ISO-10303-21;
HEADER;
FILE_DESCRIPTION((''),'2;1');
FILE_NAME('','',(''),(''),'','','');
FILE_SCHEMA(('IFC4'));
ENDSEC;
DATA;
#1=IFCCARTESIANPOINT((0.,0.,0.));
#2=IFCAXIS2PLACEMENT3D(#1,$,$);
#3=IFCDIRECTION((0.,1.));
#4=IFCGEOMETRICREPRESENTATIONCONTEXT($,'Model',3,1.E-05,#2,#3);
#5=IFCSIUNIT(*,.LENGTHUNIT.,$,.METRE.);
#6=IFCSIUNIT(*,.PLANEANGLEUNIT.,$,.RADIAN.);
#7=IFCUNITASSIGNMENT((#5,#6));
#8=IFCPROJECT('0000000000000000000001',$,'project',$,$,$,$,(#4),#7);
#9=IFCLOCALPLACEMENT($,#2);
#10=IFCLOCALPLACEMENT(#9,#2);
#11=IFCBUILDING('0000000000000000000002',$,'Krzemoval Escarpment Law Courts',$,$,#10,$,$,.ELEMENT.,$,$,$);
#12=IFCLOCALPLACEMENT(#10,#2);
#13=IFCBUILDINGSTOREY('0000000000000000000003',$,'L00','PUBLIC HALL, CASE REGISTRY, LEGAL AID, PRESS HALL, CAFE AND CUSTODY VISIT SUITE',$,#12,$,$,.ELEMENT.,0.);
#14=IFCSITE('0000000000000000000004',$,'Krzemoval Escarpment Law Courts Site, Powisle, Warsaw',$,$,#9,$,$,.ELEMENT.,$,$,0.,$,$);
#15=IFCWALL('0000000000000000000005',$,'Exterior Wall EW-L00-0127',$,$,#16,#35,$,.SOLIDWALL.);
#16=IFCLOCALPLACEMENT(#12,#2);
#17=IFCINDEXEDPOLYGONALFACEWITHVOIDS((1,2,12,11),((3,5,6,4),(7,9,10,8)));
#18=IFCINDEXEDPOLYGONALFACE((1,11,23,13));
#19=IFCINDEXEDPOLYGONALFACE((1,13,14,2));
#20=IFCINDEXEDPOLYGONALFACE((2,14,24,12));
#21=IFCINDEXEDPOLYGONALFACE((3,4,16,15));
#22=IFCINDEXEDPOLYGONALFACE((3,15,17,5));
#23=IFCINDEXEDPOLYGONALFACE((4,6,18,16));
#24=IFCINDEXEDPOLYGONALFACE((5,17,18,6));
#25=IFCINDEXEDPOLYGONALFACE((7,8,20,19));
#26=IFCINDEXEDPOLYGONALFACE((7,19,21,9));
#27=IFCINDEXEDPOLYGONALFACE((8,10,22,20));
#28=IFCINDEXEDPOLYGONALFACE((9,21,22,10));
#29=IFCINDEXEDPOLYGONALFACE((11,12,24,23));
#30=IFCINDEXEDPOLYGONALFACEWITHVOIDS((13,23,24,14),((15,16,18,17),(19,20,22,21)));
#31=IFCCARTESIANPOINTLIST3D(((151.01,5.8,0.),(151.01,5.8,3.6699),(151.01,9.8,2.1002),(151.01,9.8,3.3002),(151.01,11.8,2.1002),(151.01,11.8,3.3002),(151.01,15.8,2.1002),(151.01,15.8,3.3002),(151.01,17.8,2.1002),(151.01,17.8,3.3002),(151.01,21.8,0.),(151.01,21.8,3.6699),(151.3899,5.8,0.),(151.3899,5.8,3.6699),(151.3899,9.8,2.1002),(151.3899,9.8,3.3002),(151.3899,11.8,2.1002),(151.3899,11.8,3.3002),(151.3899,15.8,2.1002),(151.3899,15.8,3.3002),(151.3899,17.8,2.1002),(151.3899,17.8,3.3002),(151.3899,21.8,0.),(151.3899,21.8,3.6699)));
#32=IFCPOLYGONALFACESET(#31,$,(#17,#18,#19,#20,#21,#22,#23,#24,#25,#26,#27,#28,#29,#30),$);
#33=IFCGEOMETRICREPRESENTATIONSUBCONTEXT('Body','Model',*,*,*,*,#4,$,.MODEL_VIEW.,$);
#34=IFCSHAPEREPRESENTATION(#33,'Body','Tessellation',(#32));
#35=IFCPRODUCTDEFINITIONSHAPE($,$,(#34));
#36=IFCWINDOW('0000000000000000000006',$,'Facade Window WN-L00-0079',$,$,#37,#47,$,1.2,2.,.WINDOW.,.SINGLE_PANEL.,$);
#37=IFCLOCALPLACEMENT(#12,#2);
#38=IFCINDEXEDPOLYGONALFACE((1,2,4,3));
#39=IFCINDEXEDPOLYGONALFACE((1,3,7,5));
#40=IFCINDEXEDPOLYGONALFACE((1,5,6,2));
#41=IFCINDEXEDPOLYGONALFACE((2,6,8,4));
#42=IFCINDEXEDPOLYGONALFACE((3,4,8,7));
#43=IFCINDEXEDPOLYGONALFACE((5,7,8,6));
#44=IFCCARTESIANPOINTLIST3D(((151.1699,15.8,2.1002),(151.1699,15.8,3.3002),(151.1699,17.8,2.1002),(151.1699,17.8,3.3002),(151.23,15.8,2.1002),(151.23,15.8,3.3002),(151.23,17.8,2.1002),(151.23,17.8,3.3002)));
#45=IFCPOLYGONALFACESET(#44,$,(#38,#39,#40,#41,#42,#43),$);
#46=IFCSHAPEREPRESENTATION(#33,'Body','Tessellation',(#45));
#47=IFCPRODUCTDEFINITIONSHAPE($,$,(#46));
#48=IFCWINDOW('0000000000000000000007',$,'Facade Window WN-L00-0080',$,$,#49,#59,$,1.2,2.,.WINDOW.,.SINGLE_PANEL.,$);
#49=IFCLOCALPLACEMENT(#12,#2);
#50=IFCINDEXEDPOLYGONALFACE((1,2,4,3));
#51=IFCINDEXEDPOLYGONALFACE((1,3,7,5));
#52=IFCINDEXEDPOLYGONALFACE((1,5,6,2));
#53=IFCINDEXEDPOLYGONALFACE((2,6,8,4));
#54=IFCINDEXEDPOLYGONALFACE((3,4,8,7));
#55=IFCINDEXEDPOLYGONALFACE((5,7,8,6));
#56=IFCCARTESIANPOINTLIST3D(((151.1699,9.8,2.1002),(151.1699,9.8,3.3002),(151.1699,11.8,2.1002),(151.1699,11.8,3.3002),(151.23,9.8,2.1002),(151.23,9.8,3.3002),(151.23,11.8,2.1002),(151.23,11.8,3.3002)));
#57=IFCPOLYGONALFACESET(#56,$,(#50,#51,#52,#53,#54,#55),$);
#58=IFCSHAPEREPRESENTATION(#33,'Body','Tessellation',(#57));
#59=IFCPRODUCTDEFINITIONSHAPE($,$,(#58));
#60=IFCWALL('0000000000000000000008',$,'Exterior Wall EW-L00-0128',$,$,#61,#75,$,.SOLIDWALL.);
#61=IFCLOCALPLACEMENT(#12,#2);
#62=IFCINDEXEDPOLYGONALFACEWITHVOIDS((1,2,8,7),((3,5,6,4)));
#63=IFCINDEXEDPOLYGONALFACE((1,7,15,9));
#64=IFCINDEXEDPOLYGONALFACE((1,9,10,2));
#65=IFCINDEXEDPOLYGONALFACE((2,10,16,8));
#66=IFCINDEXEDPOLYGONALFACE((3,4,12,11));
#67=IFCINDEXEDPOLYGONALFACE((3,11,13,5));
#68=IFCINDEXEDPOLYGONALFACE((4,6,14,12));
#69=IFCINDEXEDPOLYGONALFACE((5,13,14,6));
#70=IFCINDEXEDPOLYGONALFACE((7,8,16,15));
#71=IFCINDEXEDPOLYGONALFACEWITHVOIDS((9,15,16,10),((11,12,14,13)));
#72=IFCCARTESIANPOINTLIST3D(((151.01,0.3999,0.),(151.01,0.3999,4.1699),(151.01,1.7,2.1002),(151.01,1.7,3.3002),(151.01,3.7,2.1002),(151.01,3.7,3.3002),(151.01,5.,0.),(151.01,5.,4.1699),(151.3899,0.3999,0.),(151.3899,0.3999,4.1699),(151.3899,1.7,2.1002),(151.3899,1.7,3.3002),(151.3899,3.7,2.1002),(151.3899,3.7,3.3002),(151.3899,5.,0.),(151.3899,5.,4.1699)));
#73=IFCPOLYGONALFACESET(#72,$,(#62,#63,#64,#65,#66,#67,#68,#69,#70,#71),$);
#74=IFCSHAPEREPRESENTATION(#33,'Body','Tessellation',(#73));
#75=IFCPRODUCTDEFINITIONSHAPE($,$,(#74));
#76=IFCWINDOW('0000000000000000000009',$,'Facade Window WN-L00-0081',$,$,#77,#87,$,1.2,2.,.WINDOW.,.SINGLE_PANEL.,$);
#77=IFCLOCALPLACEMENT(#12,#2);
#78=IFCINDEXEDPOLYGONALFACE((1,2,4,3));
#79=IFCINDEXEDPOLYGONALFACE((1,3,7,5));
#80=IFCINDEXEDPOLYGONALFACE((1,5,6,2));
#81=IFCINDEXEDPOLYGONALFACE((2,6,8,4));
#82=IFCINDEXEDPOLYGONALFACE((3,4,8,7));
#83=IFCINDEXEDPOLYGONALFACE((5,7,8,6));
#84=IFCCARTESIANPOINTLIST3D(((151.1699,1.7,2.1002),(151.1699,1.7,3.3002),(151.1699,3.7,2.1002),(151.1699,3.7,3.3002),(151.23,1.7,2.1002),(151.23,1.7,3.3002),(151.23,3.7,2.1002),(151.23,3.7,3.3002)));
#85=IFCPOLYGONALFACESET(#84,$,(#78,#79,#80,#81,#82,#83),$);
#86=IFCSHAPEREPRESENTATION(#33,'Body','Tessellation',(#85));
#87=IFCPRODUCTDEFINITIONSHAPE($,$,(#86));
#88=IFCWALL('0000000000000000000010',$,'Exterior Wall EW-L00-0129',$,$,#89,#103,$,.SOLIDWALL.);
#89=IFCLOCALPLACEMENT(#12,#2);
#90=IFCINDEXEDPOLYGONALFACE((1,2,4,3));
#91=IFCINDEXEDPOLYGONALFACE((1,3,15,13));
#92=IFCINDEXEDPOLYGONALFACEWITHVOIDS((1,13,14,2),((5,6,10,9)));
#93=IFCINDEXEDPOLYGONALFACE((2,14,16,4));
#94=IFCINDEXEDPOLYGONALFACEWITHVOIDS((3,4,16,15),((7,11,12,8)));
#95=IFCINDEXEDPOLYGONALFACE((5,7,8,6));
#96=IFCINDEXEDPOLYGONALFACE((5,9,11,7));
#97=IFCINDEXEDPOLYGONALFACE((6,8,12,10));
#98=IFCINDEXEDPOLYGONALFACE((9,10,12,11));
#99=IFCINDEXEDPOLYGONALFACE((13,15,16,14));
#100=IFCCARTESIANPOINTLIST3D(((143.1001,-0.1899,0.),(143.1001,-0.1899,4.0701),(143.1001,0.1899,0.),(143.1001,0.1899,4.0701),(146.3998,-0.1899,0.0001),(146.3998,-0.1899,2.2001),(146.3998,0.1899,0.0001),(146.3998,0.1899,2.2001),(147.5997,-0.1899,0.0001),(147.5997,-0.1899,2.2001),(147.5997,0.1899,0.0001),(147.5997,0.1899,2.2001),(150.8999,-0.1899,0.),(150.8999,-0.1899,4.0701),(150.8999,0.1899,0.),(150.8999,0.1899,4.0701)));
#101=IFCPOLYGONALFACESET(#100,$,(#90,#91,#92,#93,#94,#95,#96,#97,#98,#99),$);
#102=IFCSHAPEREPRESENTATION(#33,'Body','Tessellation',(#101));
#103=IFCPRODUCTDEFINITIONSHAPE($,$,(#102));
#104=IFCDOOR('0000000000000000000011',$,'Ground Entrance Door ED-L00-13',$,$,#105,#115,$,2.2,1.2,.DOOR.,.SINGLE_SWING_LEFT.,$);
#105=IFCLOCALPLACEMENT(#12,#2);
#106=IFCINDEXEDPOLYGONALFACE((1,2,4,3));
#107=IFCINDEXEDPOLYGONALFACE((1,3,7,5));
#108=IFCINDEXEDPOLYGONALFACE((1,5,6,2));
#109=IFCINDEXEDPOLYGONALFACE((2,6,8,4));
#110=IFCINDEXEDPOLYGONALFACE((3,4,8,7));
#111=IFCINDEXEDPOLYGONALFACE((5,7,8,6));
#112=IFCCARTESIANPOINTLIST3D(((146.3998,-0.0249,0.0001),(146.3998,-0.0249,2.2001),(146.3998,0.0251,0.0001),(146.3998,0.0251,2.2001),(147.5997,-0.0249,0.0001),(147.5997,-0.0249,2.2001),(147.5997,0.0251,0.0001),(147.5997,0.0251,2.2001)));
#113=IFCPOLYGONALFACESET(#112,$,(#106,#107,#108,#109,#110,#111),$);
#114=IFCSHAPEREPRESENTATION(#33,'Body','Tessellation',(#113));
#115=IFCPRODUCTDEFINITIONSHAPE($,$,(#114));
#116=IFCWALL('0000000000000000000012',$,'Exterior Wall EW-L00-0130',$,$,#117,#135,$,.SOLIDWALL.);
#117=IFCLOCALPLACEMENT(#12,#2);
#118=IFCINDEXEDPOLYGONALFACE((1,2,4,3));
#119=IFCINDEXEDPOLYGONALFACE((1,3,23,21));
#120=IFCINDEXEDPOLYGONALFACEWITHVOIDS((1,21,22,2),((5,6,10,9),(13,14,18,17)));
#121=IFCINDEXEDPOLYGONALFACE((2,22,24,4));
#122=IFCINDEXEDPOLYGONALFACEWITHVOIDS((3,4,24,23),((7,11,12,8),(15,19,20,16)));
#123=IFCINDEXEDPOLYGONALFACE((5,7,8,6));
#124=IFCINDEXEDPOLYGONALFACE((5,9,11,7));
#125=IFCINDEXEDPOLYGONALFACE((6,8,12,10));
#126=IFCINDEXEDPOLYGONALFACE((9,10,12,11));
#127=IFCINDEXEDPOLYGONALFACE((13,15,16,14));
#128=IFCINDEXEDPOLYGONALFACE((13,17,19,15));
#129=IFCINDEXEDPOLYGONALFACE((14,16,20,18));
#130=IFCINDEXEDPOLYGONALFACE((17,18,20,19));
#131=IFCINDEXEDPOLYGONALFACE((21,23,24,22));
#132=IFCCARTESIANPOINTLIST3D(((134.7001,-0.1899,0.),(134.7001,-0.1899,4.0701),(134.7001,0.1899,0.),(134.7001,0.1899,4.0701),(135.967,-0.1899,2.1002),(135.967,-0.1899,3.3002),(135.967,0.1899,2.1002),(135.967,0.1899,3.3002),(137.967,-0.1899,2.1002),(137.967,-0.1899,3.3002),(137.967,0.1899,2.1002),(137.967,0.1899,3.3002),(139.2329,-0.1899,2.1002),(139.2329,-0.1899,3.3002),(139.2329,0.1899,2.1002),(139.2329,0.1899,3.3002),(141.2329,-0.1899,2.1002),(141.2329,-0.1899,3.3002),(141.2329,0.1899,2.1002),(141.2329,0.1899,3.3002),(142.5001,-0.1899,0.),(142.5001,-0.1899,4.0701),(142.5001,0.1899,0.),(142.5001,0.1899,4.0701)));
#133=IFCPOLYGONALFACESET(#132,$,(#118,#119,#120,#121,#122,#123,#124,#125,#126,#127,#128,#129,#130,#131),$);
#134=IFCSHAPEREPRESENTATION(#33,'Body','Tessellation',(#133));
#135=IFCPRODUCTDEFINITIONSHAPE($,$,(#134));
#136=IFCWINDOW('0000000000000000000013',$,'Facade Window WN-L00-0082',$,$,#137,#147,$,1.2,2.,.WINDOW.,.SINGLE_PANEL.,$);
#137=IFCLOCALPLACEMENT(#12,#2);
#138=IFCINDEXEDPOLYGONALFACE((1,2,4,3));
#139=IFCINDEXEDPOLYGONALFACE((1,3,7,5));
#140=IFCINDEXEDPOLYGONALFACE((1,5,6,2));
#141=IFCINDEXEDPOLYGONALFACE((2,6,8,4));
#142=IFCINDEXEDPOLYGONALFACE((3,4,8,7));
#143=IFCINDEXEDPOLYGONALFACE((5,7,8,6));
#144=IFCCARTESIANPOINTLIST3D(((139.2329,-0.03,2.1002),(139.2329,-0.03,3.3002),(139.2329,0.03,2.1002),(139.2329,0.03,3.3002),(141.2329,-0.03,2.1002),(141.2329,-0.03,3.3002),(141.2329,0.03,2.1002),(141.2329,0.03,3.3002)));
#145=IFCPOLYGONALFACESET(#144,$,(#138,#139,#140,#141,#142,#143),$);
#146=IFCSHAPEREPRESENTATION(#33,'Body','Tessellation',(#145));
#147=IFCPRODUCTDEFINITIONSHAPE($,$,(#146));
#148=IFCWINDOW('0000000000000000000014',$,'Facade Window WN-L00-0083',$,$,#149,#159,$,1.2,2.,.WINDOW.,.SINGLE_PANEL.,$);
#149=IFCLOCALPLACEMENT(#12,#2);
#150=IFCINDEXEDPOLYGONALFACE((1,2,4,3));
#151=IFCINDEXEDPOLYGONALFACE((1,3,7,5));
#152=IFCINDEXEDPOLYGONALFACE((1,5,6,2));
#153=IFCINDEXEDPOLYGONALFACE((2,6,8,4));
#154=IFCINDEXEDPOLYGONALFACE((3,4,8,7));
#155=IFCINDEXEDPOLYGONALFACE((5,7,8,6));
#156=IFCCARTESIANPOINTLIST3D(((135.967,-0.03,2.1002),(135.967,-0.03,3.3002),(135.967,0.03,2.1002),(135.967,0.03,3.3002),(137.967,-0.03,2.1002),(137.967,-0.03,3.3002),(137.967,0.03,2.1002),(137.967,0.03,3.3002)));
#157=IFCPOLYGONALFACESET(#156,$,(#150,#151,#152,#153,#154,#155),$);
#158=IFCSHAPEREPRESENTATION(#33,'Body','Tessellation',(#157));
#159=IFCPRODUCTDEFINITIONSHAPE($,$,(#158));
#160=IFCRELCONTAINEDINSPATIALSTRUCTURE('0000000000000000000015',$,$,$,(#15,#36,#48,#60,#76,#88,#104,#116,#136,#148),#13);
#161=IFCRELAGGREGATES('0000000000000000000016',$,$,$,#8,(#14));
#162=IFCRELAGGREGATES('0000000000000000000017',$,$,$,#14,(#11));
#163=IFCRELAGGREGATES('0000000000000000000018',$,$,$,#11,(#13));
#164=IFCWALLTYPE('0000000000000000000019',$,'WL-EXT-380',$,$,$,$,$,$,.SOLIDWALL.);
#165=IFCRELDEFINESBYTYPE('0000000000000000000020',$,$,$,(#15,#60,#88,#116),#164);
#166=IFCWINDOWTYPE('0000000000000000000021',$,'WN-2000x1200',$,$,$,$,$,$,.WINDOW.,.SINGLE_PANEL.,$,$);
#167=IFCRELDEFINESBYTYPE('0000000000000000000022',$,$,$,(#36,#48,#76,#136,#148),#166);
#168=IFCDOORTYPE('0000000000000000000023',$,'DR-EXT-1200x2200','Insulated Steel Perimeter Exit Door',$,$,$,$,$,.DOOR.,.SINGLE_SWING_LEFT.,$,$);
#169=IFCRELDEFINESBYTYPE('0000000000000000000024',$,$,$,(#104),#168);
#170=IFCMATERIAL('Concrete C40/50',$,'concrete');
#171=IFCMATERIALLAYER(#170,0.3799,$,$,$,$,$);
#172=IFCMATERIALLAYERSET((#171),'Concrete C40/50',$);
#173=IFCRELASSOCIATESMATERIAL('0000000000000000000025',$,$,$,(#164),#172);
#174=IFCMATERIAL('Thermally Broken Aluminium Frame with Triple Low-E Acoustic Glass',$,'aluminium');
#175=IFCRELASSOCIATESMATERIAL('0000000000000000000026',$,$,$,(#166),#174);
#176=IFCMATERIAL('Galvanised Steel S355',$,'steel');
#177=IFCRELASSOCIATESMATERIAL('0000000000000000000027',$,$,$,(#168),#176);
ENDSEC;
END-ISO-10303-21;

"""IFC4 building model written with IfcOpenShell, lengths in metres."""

from ifc_helpers import new_model, si_unit, direction, frame, frame_2d, origin, place, context, subcontext, project, spatial, rectangle, extrude, material, layer, layer_set, type_object, element, fill, save


model = new_model("IFC4")

# Units and contexts
model_context = context("Model", 3, precision=1e-05, world=origin(), true_north=direction((0.0, 1.0)))
body_context = subcontext(model_context, "Body", "Model", "MODEL_VIEW")
ifc_project = project(units=[si_unit("LENGTHUNIT", "METRE"), si_unit("PLANEANGLEUNIT", "RADIAN")], contexts=[model_context])

# Site, building, storey
site_placement = place(None, origin())
site = spatial("IfcSite", under=ifc_project, at=site_placement, Name="Krzemoval Escarpment Law Courts Site, Powisle, Warsaw", CompositionType="ELEMENT", RefElevation=0.0)
building_placement = place(site_placement, origin())
building = spatial("IfcBuilding", under=site, at=building_placement, Name="Krzemoval Escarpment Law Courts", CompositionType="ELEMENT")
storey_placement = place(building_placement, origin())
storey = spatial("IfcBuildingStorey", under=building, at=storey_placement, Name="L00", Description="PUBLIC HALL, CASE REGISTRY, LEGAL AID, PRESS HALL, CAFE AND CUSTODY VISIT SUITE", CompositionType="ELEMENT", Elevation=0.0)

# Wall, openings, windows
ifc_material_1 = material(Name="Concrete C40/50", Category="concrete")
ifc_layer = layer(ifc_material_1, 0.3799)
ifc_layer_set = layer_set([ifc_layer], Name="Concrete C40/50")
wall_type = type_object("IfcWallType", Name="WL-EXT-380", PredefinedType="SOLIDWALL", material=ifc_layer_set)
wall_1_placement = place(storey_placement, frame((151.2, 21.8, 0.0), z_axis=(0.0, 0.0, 1.0), x_axis=(0.0, -1.0, 0.0)))
wall_1 = element("IfcWall", 1, at=wall_1_placement, inside=storey, type_object=wall_type, Name="Exterior Wall EW-L00-0127", PredefinedType="SOLIDWALL", context=body_context, shape_type="SweptSolid", body=[
    extrude(rectangle(XDim=16.0, YDim=0.3799, at=frame_2d((8.0, 0.0))), origin(), (0.0, 0.0, 1.0), 3.6699),
])
opening_1_placement = place(wall_1_placement, frame((4.0, 0.0, 2.1001)))
opening_1 = element("IfcOpeningElement", 2, at=opening_1_placement, cuts=wall_1, PredefinedType="OPENING", context=body_context, shape_type="SweptSolid", body=[
    extrude(rectangle(XDim=2.0, YDim=1.2, at=frame_2d((1.0, 0.6001))), frame((0.0, 0.2049, 0.0), z_axis=(0.0, -1.0, 0.0), x_axis=(1.0, 0.0, 0.0)), (0.0, 0.0, 1.0), 0.4099),
])
opening_2_placement = place(wall_1_placement, frame((10.0, 0.0, 2.1001)))
opening_2 = element("IfcOpeningElement", 3, at=opening_2_placement, cuts=wall_1, PredefinedType="OPENING", context=body_context, shape_type="SweptSolid", body=[
    extrude(rectangle(XDim=2.0, YDim=1.2, at=frame_2d((1.0, 0.6001))), frame((0.0, 0.2049, 0.0), z_axis=(0.0, -1.0, 0.0), x_axis=(1.0, 0.0, 0.0)), (0.0, 0.0, 1.0), 0.4099),
])
ifc_material_2 = material(Name="Thermally Broken Aluminium Frame with Triple Low-E Acoustic Glass", Category="aluminium")
window_type = type_object("IfcWindowType", Name="WN-2000x1200", PartitioningType="SINGLE_PANEL", PredefinedType="WINDOW", material=ifc_material_2)
window_1_placement = place(opening_1_placement, origin())
window_1 = element("IfcWindow", 4, at=window_1_placement, inside=storey, type_object=window_type, Name="Facade Window WN-L00-0079", OverallHeight=1.2, OverallWidth=2.0, PartitioningType="SINGLE_PANEL", PredefinedType="WINDOW", context=body_context, shape_type="SweptSolid", body=[
    extrude(rectangle(XDim=2.0, YDim=1.2, at=frame_2d((1.0, 0.6001))), frame((0.0, 0.03, 0.0), z_axis=(0.0, -1.0, 0.0), x_axis=(1.0, 0.0, 0.0)), (0.0, 0.0, 1.0), 0.0601),
])
fill(opening_1, window_1)
window_2_placement = place(opening_2_placement, origin())
window_2 = element("IfcWindow", 5, at=window_2_placement, inside=storey, type_object=window_type, Name="Facade Window WN-L00-0080", OverallHeight=1.2, OverallWidth=2.0, PartitioningType="SINGLE_PANEL", PredefinedType="WINDOW", context=body_context, shape_type="SweptSolid", body=[
    extrude(rectangle(XDim=2.0, YDim=1.2, at=frame_2d((1.0, 0.6001))), frame((0.0, 0.03, 0.0), z_axis=(0.0, -1.0, 0.0), x_axis=(1.0, 0.0, 0.0)), (0.0, 0.0, 1.0), 0.0601),
])
fill(opening_2, window_2)

# Wall, opening, window
wall_2_placement = place(storey_placement, frame((151.2, 5.0, 0.0), z_axis=(0.0, 0.0, 1.0), x_axis=(0.0, -1.0, 0.0)))
wall_2 = element("IfcWall", 6, at=wall_2_placement, inside=storey, type_object=wall_type, Name="Exterior Wall EW-L00-0128", PredefinedType="SOLIDWALL", context=body_context, shape_type="SweptSolid", body=[
    extrude(rectangle(XDim=4.6001, YDim=0.3799, at=frame_2d((2.3, 0.0))), origin(), (0.0, 0.0, 1.0), 4.1699),
])
opening_3_placement = place(wall_2_placement, frame((1.3, 0.0, 2.1001)))
opening_3 = element("IfcOpeningElement", 7, at=opening_3_placement, cuts=wall_2, PredefinedType="OPENING", context=body_context, shape_type="SweptSolid", body=[
    extrude(rectangle(XDim=2.0, YDim=1.2, at=frame_2d((1.0, 0.6001))), frame((0.0, 0.2049, 0.0), z_axis=(0.0, -1.0, 0.0), x_axis=(1.0, 0.0, 0.0)), (0.0, 0.0, 1.0), 0.4099),
])
window_3_placement = place(opening_3_placement, origin())
window_3 = element("IfcWindow", 8, at=window_3_placement, inside=storey, type_object=window_type, Name="Facade Window WN-L00-0081", OverallHeight=1.2, OverallWidth=2.0, PartitioningType="SINGLE_PANEL", PredefinedType="WINDOW", context=body_context, shape_type="SweptSolid", body=[
    extrude(rectangle(XDim=2.0, YDim=1.2, at=frame_2d((1.0, 0.6001))), frame((0.0, 0.03, 0.0), z_axis=(0.0, -1.0, 0.0), x_axis=(1.0, 0.0, 0.0)), (0.0, 0.0, 1.0), 0.0601),
])
fill(opening_3, window_3)

# Wall, opening, door
wall_3_placement = place(storey_placement, frame((150.8999, 0.0, 0.0), z_axis=(0.0, 0.0, 1.0), x_axis=(-1.0, 0.0, 0.0)))
wall_3 = element("IfcWall", 9, at=wall_3_placement, inside=storey, type_object=wall_type, Name="Exterior Wall EW-L00-0129", PredefinedType="SOLIDWALL", context=body_context, shape_type="SweptSolid", body=[
    extrude(rectangle(XDim=7.7998, YDim=0.3799, at=frame_2d((3.8999, 0.0))), origin(), (0.0, 0.0, 1.0), 4.0701),
])
opening_4_placement = place(wall_3_placement, frame((3.3, 0.0, 0.0)))
opening_4 = element("IfcOpeningElement", 10, at=opening_4_placement, cuts=wall_3, PredefinedType="OPENING", context=body_context, shape_type="SweptSolid", body=[
    extrude(rectangle(XDim=1.2, YDim=2.2, at=frame_2d((0.6001, 1.1001))), frame((0.0, 0.2049, 0.0), z_axis=(0.0, -1.0, 0.0), x_axis=(1.0, 0.0, 0.0)), (0.0, 0.0, 1.0), 0.4099),
])
ifc_material_3 = material(Name="Galvanised Steel S355", Category="steel")
door_type = type_object("IfcDoorType", Name="DR-EXT-1200x2200", Description="Insulated Steel Perimeter Exit Door", OperationType="SINGLE_SWING_LEFT", PredefinedType="DOOR", material=ifc_material_3)
door_placement = place(opening_4_placement, origin())
door = element("IfcDoor", 11, at=door_placement, inside=storey, type_object=door_type, Name="Ground Entrance Door ED-L00-13", OperationType="SINGLE_SWING_LEFT", OverallHeight=2.2, OverallWidth=1.2, PredefinedType="DOOR", context=body_context, shape_type="SweptSolid", body=[
    extrude(rectangle(XDim=1.2, YDim=2.2, at=frame_2d((0.6001, 1.1001))), frame((0.0, 0.0249, 0.0), z_axis=(0.0, -1.0, 0.0), x_axis=(1.0, 0.0, 0.0)), (0.0, 0.0, 1.0), 0.05),
])
fill(opening_4, door)

# Wall, openings, windows
wall_4_placement = place(storey_placement, frame((142.5, 0.0, 0.0), z_axis=(0.0, 0.0, 1.0), x_axis=(-1.0, 0.0, 0.0)))
wall_4 = element("IfcWall", 12, at=wall_4_placement, inside=storey, type_object=wall_type, Name="Exterior Wall EW-L00-0130", PredefinedType="SOLIDWALL", context=body_context, shape_type="SweptSolid", body=[
    extrude(rectangle(XDim=7.8, YDim=0.3799, at=frame_2d((3.8999, 0.0))), origin(), (0.0, 0.0, 1.0), 4.0701),
])
opening_5_placement = place(wall_4_placement, frame((1.2671, 0.0, 2.1001)))
opening_5 = element("IfcOpeningElement", 13, at=opening_5_placement, cuts=wall_4, PredefinedType="OPENING", context=body_context, shape_type="SweptSolid", body=[
    extrude(rectangle(XDim=2.0, YDim=1.2, at=frame_2d((1.0, 0.6001))), frame((0.0, 0.2049, 0.0), z_axis=(0.0, -1.0, 0.0), x_axis=(1.0, 0.0, 0.0)), (0.0, 0.0, 1.0), 0.4099),
])
opening_6_placement = place(wall_4_placement, frame((4.533, 0.0, 2.1001)))
opening_6 = element("IfcOpeningElement", 14, at=opening_6_placement, cuts=wall_4, PredefinedType="OPENING", context=body_context, shape_type="SweptSolid", body=[
    extrude(rectangle(XDim=2.0, YDim=1.2, at=frame_2d((1.0, 0.6001))), frame((0.0, 0.2049, 0.0), z_axis=(0.0, -1.0, 0.0), x_axis=(1.0, 0.0, 0.0)), (0.0, 0.0, 1.0), 0.4099),
])
window_4_placement = place(opening_5_placement, origin())
window_4 = element("IfcWindow", 15, at=window_4_placement, inside=storey, type_object=window_type, Name="Facade Window WN-L00-0082", OverallHeight=1.2, OverallWidth=2.0, PartitioningType="SINGLE_PANEL", PredefinedType="WINDOW", context=body_context, shape_type="SweptSolid", body=[
    extrude(rectangle(XDim=2.0, YDim=1.2, at=frame_2d((1.0, 0.6001))), frame((0.0, 0.03, 0.0), z_axis=(0.0, -1.0, 0.0), x_axis=(1.0, 0.0, 0.0)), (0.0, 0.0, 1.0), 0.0601),
])
fill(opening_5, window_4)
window_5_placement = place(opening_6_placement, origin())
window_5 = element("IfcWindow", 16, at=window_5_placement, inside=storey, type_object=window_type, Name="Facade Window WN-L00-0083", OverallHeight=1.2, OverallWidth=2.0, PartitioningType="SINGLE_PANEL", PredefinedType="WINDOW", context=body_context, shape_type="SweptSolid", body=[
    extrude(rectangle(XDim=2.0, YDim=1.2, at=frame_2d((1.0, 0.6001))), frame((0.0, 0.03, 0.0), z_axis=(0.0, -1.0, 0.0), x_axis=(1.0, 0.0, 0.0)), (0.0, 0.0, 1.0), 0.0601),
])
fill(opening_6, window_5)

save(model, "model.ifc")
